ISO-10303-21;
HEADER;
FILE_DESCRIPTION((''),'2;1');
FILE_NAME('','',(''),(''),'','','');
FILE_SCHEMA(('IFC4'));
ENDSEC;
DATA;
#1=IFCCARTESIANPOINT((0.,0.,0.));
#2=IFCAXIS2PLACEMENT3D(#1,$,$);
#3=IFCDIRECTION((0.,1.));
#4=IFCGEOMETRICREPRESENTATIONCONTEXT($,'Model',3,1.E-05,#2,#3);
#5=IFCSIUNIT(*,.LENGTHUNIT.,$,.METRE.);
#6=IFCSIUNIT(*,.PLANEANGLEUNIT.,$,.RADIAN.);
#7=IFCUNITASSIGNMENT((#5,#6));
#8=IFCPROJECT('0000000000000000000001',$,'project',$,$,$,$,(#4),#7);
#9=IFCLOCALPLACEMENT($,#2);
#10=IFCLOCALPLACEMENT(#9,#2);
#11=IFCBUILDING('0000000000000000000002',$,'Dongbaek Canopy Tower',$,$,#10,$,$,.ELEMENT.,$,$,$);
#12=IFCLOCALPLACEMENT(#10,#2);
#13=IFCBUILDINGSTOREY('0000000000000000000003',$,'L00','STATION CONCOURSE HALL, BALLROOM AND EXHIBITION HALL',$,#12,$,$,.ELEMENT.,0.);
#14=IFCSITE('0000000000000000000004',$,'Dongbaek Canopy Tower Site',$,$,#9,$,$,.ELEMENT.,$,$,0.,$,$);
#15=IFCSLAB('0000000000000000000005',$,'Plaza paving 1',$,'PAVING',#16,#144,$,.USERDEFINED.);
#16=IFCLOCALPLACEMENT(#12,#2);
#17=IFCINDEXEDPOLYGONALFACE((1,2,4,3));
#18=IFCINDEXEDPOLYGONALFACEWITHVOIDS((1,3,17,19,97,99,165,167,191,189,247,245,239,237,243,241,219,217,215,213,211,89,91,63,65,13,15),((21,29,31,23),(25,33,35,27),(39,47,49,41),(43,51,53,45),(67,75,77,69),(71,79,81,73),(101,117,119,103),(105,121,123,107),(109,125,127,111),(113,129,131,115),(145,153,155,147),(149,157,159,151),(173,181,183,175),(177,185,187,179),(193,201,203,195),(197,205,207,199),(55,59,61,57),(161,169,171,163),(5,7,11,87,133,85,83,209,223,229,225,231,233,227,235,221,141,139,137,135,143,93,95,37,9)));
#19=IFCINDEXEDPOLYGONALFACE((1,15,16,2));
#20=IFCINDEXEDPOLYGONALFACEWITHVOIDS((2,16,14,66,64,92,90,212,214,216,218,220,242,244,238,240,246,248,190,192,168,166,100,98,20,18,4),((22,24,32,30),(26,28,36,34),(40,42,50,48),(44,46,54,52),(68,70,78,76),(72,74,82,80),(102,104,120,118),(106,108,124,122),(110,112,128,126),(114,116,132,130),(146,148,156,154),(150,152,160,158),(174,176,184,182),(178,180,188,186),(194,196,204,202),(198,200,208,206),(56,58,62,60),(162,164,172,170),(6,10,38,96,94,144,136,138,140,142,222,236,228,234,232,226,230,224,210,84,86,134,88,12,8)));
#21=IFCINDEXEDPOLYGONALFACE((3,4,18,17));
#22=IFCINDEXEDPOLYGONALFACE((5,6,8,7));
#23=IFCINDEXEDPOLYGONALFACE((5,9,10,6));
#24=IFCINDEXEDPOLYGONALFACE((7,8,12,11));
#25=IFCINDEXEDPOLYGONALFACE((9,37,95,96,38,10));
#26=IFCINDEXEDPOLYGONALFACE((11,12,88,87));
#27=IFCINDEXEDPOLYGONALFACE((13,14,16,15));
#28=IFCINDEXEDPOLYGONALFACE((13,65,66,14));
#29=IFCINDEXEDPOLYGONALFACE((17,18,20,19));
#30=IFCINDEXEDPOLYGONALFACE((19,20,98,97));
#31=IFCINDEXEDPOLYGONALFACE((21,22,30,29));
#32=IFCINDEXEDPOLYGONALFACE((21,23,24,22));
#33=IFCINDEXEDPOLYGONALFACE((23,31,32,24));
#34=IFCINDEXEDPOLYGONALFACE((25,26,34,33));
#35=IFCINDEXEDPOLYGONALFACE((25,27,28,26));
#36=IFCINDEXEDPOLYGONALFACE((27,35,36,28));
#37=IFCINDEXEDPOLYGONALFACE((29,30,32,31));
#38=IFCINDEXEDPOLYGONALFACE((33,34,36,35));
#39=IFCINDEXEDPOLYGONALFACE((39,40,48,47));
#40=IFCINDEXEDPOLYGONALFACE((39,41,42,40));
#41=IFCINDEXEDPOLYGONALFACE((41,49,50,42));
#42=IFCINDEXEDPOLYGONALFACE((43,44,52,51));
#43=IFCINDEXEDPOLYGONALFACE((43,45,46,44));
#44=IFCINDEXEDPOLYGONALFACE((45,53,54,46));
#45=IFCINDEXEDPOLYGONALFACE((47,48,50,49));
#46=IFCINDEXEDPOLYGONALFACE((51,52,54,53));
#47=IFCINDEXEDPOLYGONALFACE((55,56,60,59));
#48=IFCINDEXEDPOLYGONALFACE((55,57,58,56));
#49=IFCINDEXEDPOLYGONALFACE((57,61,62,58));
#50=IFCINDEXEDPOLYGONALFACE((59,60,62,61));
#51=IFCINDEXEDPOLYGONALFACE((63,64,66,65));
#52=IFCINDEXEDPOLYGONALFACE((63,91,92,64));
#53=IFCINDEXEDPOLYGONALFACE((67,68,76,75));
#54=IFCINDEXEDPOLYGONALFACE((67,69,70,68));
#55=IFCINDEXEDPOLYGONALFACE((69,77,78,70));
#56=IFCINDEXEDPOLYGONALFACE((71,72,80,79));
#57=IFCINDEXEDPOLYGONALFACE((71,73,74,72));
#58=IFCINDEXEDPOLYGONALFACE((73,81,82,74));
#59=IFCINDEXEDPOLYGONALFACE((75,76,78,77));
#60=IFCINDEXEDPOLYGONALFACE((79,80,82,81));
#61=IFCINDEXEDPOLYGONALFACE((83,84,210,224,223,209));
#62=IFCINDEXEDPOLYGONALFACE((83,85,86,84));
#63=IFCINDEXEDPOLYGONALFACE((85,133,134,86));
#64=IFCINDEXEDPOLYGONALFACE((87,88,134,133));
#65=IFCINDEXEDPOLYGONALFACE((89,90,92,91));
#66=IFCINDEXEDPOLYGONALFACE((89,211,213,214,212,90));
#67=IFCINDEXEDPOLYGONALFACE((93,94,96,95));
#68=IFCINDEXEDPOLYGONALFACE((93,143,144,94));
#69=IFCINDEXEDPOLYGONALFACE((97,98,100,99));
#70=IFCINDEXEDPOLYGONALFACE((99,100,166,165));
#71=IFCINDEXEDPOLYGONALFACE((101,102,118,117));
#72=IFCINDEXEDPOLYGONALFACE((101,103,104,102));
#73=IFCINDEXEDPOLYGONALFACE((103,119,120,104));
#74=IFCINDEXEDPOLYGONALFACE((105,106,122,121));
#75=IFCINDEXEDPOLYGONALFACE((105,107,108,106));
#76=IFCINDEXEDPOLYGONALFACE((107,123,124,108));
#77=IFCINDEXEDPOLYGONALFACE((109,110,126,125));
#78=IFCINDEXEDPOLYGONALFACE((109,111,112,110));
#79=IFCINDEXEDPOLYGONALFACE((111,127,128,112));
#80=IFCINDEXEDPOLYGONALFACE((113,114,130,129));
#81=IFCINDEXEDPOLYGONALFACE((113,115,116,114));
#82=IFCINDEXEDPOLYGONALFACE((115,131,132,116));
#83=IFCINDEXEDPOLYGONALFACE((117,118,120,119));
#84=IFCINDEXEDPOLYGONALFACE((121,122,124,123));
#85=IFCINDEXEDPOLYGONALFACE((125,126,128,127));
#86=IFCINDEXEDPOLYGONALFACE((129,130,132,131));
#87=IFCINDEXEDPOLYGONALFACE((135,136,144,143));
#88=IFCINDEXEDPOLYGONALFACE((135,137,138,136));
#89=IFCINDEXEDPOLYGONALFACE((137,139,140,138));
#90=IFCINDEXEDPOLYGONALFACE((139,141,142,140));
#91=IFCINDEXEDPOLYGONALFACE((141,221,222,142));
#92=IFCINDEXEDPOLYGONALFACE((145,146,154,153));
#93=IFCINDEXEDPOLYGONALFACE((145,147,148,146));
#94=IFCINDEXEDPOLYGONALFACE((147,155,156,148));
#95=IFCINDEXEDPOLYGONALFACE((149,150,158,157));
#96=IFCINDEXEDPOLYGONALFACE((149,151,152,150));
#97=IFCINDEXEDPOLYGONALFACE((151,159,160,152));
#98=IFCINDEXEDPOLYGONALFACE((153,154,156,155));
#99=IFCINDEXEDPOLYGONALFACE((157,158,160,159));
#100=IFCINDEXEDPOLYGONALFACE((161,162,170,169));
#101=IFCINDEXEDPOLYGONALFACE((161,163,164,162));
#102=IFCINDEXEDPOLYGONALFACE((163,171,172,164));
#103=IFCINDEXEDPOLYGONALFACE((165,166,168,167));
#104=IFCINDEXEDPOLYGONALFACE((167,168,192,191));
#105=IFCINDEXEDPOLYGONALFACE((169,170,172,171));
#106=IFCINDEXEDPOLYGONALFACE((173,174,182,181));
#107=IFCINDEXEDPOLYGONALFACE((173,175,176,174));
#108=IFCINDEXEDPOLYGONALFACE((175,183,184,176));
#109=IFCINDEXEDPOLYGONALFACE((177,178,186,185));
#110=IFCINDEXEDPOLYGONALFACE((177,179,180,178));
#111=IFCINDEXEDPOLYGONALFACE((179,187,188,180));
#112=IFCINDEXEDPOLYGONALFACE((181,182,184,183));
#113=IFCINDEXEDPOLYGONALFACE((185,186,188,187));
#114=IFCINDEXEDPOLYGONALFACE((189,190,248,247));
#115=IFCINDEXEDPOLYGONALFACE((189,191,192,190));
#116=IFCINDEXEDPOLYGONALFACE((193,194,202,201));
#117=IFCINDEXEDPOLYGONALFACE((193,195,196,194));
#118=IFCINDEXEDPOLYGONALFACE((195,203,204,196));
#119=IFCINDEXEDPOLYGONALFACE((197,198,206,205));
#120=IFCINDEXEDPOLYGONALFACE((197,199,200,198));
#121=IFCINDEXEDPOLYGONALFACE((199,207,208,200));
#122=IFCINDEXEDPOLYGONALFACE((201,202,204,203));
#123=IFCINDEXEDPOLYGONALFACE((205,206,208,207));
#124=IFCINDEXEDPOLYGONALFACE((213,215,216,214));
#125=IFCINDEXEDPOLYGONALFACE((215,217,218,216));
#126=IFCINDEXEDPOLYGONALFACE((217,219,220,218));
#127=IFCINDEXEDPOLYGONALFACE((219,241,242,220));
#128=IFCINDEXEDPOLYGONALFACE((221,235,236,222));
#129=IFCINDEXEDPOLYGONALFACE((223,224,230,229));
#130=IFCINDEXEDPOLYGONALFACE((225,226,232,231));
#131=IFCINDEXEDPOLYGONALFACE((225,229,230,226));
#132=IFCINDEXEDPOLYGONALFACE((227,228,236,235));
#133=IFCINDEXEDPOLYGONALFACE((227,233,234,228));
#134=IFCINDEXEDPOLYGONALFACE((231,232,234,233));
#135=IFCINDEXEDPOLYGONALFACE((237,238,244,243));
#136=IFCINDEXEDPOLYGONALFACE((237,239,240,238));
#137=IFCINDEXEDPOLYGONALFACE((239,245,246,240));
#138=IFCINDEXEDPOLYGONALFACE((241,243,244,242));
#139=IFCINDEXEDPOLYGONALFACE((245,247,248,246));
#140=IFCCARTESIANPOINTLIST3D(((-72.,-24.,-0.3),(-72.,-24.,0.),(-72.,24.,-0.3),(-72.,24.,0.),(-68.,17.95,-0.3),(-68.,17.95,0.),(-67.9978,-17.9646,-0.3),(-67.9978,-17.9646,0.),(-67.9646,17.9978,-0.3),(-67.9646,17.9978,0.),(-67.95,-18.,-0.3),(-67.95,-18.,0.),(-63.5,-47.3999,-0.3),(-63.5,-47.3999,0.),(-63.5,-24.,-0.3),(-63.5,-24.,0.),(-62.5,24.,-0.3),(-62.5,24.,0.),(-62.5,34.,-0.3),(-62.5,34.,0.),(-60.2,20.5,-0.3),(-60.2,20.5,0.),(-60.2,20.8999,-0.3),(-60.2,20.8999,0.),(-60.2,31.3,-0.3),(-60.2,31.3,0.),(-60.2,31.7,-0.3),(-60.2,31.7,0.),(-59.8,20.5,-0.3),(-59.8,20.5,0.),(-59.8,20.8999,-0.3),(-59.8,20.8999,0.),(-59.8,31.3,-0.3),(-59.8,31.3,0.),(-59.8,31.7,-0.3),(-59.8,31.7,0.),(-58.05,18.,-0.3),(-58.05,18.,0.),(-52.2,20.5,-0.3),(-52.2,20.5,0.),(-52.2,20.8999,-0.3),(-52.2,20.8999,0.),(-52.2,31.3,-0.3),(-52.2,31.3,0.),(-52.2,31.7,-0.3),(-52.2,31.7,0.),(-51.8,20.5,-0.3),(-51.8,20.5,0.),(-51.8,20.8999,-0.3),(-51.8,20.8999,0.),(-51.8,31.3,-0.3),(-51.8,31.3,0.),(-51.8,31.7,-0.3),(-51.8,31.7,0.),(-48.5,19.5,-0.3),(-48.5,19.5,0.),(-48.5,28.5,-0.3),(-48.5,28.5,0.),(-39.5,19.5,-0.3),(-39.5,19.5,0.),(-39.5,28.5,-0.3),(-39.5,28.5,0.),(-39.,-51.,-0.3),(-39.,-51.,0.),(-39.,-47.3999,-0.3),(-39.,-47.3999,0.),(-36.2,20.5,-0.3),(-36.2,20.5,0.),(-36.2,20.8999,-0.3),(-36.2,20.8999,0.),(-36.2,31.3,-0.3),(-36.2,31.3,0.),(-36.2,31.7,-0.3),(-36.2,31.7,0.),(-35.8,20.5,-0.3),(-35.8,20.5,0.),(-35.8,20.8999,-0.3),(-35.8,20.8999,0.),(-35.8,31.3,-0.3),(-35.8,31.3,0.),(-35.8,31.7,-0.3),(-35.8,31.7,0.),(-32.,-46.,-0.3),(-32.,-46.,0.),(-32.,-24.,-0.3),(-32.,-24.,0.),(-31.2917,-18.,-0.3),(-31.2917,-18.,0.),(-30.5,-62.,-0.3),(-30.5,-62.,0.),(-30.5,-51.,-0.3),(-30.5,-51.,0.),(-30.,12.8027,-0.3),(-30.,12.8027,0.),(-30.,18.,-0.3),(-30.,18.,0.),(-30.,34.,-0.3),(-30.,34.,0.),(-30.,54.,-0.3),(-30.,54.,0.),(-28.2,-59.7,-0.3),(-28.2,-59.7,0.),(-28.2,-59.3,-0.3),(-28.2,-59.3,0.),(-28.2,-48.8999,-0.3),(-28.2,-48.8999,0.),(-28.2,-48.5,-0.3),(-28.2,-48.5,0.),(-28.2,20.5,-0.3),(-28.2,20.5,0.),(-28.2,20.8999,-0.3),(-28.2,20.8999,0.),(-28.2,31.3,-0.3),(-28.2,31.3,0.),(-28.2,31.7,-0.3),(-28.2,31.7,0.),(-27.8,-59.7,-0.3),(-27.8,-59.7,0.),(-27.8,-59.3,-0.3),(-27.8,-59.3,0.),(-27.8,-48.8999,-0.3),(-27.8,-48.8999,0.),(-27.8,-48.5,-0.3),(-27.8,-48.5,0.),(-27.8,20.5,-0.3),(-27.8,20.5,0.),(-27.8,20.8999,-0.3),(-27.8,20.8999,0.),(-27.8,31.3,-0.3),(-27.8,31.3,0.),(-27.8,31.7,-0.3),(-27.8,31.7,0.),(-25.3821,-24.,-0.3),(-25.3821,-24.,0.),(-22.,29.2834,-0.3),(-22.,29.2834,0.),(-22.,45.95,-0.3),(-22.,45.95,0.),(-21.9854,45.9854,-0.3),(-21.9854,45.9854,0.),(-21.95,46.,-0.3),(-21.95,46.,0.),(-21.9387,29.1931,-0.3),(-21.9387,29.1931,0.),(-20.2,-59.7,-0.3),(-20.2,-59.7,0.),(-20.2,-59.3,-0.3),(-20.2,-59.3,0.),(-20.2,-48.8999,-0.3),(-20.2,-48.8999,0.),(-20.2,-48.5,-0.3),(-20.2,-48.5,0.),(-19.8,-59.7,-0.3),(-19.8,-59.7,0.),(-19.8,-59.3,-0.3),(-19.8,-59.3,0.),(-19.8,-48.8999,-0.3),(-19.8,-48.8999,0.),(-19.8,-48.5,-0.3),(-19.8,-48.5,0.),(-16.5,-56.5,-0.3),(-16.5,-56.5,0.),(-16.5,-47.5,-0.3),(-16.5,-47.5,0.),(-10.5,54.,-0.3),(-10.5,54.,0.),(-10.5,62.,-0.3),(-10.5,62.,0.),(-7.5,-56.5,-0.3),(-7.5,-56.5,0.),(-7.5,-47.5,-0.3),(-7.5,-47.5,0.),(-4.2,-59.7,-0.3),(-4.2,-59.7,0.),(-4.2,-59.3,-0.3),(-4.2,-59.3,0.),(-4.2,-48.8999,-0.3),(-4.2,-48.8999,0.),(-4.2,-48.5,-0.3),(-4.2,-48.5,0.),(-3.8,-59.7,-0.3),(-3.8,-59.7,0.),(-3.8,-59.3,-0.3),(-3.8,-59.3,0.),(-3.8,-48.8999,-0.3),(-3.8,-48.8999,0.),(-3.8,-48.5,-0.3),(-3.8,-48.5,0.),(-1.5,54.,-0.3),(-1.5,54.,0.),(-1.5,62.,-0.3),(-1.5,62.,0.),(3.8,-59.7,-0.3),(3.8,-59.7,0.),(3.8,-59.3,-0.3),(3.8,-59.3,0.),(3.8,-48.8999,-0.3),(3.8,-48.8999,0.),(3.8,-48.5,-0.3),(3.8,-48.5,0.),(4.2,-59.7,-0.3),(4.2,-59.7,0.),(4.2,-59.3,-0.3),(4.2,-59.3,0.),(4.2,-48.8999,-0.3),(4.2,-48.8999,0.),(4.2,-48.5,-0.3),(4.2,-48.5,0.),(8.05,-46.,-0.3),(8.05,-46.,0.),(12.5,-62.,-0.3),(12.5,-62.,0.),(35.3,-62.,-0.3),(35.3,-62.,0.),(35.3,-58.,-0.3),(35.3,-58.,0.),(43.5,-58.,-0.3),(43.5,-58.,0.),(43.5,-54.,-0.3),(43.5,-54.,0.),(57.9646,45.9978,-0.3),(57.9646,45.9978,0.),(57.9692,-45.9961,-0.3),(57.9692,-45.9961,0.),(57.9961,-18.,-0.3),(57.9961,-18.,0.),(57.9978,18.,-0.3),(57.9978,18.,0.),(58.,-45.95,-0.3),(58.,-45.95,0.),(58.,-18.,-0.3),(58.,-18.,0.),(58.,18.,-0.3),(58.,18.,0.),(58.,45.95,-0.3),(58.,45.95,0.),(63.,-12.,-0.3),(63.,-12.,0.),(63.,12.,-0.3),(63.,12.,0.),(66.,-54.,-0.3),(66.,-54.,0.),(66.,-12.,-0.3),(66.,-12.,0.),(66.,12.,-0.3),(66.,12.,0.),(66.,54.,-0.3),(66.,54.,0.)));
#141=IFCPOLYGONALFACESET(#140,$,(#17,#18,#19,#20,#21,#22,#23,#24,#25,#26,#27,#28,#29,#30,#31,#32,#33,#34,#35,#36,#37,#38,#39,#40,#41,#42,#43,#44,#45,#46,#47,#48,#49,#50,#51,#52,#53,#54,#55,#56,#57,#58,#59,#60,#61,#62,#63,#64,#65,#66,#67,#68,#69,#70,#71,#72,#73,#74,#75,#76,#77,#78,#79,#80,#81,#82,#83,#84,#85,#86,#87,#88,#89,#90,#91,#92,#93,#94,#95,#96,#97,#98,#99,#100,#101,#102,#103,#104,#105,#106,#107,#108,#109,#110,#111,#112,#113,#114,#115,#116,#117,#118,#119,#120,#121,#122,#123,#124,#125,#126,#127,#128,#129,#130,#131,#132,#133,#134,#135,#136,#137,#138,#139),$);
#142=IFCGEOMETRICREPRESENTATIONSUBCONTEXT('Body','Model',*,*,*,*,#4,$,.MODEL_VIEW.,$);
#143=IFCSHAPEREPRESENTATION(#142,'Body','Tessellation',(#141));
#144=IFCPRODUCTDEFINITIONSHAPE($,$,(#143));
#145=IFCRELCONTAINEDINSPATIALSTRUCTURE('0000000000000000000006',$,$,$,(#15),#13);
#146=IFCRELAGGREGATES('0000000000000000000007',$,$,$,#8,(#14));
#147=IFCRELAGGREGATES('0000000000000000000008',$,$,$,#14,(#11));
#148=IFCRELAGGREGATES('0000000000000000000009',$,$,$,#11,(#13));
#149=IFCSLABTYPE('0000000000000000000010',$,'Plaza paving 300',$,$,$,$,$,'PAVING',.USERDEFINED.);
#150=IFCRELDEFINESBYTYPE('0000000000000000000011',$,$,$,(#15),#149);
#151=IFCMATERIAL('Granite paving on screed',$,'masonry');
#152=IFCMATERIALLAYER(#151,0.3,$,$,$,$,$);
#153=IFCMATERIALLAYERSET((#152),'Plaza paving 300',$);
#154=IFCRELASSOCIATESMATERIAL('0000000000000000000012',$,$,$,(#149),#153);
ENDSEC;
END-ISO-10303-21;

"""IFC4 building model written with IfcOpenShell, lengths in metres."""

from ifc_helpers import new_model, si_unit, direction, frame, origin, place, context, subcontext, project, spatial, polyline, outline, extrude, material, layer, layer_set, type_object, element, save


model = new_model("IFC4")

# Units and contexts
model_context = context("Model", 3, precision=1e-05, world=origin(), true_north=direction((0.0, 1.0)))
body_context = subcontext(model_context, "Body", "Model", "MODEL_VIEW")
ifc_project = project(units=[si_unit("LENGTHUNIT", "METRE"), si_unit("PLANEANGLEUNIT", "RADIAN")], contexts=[model_context])

# Site, building, storey
site_placement = place(None, origin())
site = spatial("IfcSite", under=ifc_project, at=site_placement, Name="Dongbaek Canopy Tower Site", CompositionType="ELEMENT", RefElevation=0.0)
building_placement = place(site_placement, origin())
building = spatial("IfcBuilding", under=site, at=building_placement, Name="Dongbaek Canopy Tower", CompositionType="ELEMENT")
storey_placement = place(building_placement, origin())
storey = spatial("IfcBuildingStorey", under=building, at=storey_placement, Name="L00", Description="STATION CONCOURSE HALL, BALLROOM AND EXHIBITION HALL", CompositionType="ELEMENT", Elevation=0.0)

# Slab
ifc_material_1 = material(Name="Granite paving on screed", Category="masonry")
ifc_layer_1 = layer(ifc_material_1, 0.3)
ifc_layer_set_1 = layer_set([ifc_layer_1], Name="Plaza paving 300")
slab_type_1 = type_object("IfcSlabType", Name="Plaza paving 300", ElementType="PAVING", PredefinedType="USERDEFINED", material=ifc_layer_set_1)
slab_1_placement = place(storey_placement, frame((0.0, 0.0, -0.3)))
element("IfcSlab", 1, at=slab_1_placement, inside=storey, type_object=slab_type_1, Name="Plaza paving 1", ObjectType="PAVING", PredefinedType="USERDEFINED", context=body_context, shape_type="SweptSolid", body=[
    extrude(outline(polyline([(-30.5, -62.0), (-30.5, -51.0), (-39.0, -51.0), (-39.0, -47.3999), (-63.5, -47.3999), (-63.5, -24.0), (-72.0, -24.0), (-72.0, 24.0), (-62.5, 24.0), (-62.5, 34.0), (-30.0, 34.0), (-30.0, 54.0), (-10.5, 54.0), (-10.5, 62.0), (-1.5, 62.0), (-1.5, 54.0), (66.0, 54.0), (66.0, 12.0), (63.0, 12.0), (63.0, -12.0), (66.0, -12.0), (66.0, -54.0), (43.5, -54.0), (43.5, -58.0), (35.3, -58.0), (35.3, -62.0), (12.5, -62.0), (-30.5, -62.0)]), holes=[polyline([(-22.0, 29.2834), (-21.9387, 29.1931), (-30.0, 12.8027), (-30.0, 18.0), (-58.05, 18.0), (-67.9646, 17.9978), (-68.0, 17.95), (-67.9978, -17.9646), (-67.95, -18.0), (-31.2917, -18.0), (-25.3821, -24.0), (-32.0, -24.0), (-32.0, -46.0), (8.05, -46.0), (8.05, -46.0), (57.9692, -45.9961), (58.0, -45.95), (57.9961, -18.0), (58.0, -18.0), (58.0, 18.0), (57.9978, 18.0), (58.0, 45.95), (57.9646, 45.9978), (-21.95, 46.0), (-21.9854, 45.9854), (-22.0, 45.95), (-22.0, 29.2834)]), polyline([(-7.5, -47.5), (-16.5, -47.5), (-16.5, -56.5), (-7.5, -56.5), (-7.5, -47.5)]), polyline([(-39.5, 19.5), (-39.5, 28.5), (-48.5, 28.5), (-48.5, 19.5), (-39.5, 19.5)]), polyline([(-28.2, -48.8999), (-27.8, -48.8999), (-27.8, -48.5), (-28.2, -48.5), (-28.2, -48.8999)]), polyline([(-28.2, -59.3), (-28.2, -59.7), (-27.8, -59.7), (-27.8, -59.3), (-28.2, -59.3)]), polyline([(-19.8, -48.5), (-20.2, -48.5), (-20.2, -48.8999), (-19.8, -48.8999), (-19.8, -48.5)]), polyline([(-19.8, -59.7), (-19.8, -59.3), (-20.2, -59.3), (-20.2, -59.7), (-19.8, -59.7)]), polyline([(-4.2, -48.8999), (-3.8, -48.8999), (-3.8, -48.5), (-4.2, -48.5), (-4.2, -48.8999)]), polyline([(-4.2, -59.3), (-4.2, -59.7), (-3.8, -59.7), (-3.8, -59.3), (-4.2, -59.3)]), polyline([(4.2, -48.5), (3.8, -48.5), (3.8, -48.8999), (4.2, -48.8999), (4.2, -48.5)]), polyline([(4.2, -59.7), (4.2, -59.3), (3.8, -59.3), (3.8, -59.7), (4.2, -59.7)]), polyline([(-60.2, 20.5), (-59.8, 20.5), (-59.8, 20.8999), (-60.2, 20.8999), (-60.2, 20.5)]), polyline([(-60.2, 31.7), (-60.2, 31.3), (-59.8, 31.3), (-59.8, 31.7), (-60.2, 31.7)]), polyline([(-51.8, 20.8999), (-52.2, 20.8999), (-52.2, 20.5), (-51.8, 20.5), (-51.8, 20.8999)]), polyline([(-51.8, 31.3), (-51.8, 31.7), (-52.2, 31.7), (-52.2, 31.3), (-51.8, 31.3)]), polyline([(-36.2, 20.5), (-35.8, 20.5), (-35.8, 20.8999), (-36.2, 20.8999), (-36.2, 20.5)]), polyline([(-36.2, 31.7), (-36.2, 31.3), (-35.8, 31.3), (-35.8, 31.7), (-36.2, 31.7)]), polyline([(-27.8, 20.8999), (-28.2, 20.8999), (-28.2, 20.5), (-27.8, 20.5), (-27.8, 20.8999)]), polyline([(-27.8, 31.3), (-27.8, 31.7), (-28.2, 31.7), (-28.2, 31.3), (-27.8, 31.3)])]), origin(), (0.0, 0.0, 1.0), 0.3),
])

save(model, "model.ifc")
